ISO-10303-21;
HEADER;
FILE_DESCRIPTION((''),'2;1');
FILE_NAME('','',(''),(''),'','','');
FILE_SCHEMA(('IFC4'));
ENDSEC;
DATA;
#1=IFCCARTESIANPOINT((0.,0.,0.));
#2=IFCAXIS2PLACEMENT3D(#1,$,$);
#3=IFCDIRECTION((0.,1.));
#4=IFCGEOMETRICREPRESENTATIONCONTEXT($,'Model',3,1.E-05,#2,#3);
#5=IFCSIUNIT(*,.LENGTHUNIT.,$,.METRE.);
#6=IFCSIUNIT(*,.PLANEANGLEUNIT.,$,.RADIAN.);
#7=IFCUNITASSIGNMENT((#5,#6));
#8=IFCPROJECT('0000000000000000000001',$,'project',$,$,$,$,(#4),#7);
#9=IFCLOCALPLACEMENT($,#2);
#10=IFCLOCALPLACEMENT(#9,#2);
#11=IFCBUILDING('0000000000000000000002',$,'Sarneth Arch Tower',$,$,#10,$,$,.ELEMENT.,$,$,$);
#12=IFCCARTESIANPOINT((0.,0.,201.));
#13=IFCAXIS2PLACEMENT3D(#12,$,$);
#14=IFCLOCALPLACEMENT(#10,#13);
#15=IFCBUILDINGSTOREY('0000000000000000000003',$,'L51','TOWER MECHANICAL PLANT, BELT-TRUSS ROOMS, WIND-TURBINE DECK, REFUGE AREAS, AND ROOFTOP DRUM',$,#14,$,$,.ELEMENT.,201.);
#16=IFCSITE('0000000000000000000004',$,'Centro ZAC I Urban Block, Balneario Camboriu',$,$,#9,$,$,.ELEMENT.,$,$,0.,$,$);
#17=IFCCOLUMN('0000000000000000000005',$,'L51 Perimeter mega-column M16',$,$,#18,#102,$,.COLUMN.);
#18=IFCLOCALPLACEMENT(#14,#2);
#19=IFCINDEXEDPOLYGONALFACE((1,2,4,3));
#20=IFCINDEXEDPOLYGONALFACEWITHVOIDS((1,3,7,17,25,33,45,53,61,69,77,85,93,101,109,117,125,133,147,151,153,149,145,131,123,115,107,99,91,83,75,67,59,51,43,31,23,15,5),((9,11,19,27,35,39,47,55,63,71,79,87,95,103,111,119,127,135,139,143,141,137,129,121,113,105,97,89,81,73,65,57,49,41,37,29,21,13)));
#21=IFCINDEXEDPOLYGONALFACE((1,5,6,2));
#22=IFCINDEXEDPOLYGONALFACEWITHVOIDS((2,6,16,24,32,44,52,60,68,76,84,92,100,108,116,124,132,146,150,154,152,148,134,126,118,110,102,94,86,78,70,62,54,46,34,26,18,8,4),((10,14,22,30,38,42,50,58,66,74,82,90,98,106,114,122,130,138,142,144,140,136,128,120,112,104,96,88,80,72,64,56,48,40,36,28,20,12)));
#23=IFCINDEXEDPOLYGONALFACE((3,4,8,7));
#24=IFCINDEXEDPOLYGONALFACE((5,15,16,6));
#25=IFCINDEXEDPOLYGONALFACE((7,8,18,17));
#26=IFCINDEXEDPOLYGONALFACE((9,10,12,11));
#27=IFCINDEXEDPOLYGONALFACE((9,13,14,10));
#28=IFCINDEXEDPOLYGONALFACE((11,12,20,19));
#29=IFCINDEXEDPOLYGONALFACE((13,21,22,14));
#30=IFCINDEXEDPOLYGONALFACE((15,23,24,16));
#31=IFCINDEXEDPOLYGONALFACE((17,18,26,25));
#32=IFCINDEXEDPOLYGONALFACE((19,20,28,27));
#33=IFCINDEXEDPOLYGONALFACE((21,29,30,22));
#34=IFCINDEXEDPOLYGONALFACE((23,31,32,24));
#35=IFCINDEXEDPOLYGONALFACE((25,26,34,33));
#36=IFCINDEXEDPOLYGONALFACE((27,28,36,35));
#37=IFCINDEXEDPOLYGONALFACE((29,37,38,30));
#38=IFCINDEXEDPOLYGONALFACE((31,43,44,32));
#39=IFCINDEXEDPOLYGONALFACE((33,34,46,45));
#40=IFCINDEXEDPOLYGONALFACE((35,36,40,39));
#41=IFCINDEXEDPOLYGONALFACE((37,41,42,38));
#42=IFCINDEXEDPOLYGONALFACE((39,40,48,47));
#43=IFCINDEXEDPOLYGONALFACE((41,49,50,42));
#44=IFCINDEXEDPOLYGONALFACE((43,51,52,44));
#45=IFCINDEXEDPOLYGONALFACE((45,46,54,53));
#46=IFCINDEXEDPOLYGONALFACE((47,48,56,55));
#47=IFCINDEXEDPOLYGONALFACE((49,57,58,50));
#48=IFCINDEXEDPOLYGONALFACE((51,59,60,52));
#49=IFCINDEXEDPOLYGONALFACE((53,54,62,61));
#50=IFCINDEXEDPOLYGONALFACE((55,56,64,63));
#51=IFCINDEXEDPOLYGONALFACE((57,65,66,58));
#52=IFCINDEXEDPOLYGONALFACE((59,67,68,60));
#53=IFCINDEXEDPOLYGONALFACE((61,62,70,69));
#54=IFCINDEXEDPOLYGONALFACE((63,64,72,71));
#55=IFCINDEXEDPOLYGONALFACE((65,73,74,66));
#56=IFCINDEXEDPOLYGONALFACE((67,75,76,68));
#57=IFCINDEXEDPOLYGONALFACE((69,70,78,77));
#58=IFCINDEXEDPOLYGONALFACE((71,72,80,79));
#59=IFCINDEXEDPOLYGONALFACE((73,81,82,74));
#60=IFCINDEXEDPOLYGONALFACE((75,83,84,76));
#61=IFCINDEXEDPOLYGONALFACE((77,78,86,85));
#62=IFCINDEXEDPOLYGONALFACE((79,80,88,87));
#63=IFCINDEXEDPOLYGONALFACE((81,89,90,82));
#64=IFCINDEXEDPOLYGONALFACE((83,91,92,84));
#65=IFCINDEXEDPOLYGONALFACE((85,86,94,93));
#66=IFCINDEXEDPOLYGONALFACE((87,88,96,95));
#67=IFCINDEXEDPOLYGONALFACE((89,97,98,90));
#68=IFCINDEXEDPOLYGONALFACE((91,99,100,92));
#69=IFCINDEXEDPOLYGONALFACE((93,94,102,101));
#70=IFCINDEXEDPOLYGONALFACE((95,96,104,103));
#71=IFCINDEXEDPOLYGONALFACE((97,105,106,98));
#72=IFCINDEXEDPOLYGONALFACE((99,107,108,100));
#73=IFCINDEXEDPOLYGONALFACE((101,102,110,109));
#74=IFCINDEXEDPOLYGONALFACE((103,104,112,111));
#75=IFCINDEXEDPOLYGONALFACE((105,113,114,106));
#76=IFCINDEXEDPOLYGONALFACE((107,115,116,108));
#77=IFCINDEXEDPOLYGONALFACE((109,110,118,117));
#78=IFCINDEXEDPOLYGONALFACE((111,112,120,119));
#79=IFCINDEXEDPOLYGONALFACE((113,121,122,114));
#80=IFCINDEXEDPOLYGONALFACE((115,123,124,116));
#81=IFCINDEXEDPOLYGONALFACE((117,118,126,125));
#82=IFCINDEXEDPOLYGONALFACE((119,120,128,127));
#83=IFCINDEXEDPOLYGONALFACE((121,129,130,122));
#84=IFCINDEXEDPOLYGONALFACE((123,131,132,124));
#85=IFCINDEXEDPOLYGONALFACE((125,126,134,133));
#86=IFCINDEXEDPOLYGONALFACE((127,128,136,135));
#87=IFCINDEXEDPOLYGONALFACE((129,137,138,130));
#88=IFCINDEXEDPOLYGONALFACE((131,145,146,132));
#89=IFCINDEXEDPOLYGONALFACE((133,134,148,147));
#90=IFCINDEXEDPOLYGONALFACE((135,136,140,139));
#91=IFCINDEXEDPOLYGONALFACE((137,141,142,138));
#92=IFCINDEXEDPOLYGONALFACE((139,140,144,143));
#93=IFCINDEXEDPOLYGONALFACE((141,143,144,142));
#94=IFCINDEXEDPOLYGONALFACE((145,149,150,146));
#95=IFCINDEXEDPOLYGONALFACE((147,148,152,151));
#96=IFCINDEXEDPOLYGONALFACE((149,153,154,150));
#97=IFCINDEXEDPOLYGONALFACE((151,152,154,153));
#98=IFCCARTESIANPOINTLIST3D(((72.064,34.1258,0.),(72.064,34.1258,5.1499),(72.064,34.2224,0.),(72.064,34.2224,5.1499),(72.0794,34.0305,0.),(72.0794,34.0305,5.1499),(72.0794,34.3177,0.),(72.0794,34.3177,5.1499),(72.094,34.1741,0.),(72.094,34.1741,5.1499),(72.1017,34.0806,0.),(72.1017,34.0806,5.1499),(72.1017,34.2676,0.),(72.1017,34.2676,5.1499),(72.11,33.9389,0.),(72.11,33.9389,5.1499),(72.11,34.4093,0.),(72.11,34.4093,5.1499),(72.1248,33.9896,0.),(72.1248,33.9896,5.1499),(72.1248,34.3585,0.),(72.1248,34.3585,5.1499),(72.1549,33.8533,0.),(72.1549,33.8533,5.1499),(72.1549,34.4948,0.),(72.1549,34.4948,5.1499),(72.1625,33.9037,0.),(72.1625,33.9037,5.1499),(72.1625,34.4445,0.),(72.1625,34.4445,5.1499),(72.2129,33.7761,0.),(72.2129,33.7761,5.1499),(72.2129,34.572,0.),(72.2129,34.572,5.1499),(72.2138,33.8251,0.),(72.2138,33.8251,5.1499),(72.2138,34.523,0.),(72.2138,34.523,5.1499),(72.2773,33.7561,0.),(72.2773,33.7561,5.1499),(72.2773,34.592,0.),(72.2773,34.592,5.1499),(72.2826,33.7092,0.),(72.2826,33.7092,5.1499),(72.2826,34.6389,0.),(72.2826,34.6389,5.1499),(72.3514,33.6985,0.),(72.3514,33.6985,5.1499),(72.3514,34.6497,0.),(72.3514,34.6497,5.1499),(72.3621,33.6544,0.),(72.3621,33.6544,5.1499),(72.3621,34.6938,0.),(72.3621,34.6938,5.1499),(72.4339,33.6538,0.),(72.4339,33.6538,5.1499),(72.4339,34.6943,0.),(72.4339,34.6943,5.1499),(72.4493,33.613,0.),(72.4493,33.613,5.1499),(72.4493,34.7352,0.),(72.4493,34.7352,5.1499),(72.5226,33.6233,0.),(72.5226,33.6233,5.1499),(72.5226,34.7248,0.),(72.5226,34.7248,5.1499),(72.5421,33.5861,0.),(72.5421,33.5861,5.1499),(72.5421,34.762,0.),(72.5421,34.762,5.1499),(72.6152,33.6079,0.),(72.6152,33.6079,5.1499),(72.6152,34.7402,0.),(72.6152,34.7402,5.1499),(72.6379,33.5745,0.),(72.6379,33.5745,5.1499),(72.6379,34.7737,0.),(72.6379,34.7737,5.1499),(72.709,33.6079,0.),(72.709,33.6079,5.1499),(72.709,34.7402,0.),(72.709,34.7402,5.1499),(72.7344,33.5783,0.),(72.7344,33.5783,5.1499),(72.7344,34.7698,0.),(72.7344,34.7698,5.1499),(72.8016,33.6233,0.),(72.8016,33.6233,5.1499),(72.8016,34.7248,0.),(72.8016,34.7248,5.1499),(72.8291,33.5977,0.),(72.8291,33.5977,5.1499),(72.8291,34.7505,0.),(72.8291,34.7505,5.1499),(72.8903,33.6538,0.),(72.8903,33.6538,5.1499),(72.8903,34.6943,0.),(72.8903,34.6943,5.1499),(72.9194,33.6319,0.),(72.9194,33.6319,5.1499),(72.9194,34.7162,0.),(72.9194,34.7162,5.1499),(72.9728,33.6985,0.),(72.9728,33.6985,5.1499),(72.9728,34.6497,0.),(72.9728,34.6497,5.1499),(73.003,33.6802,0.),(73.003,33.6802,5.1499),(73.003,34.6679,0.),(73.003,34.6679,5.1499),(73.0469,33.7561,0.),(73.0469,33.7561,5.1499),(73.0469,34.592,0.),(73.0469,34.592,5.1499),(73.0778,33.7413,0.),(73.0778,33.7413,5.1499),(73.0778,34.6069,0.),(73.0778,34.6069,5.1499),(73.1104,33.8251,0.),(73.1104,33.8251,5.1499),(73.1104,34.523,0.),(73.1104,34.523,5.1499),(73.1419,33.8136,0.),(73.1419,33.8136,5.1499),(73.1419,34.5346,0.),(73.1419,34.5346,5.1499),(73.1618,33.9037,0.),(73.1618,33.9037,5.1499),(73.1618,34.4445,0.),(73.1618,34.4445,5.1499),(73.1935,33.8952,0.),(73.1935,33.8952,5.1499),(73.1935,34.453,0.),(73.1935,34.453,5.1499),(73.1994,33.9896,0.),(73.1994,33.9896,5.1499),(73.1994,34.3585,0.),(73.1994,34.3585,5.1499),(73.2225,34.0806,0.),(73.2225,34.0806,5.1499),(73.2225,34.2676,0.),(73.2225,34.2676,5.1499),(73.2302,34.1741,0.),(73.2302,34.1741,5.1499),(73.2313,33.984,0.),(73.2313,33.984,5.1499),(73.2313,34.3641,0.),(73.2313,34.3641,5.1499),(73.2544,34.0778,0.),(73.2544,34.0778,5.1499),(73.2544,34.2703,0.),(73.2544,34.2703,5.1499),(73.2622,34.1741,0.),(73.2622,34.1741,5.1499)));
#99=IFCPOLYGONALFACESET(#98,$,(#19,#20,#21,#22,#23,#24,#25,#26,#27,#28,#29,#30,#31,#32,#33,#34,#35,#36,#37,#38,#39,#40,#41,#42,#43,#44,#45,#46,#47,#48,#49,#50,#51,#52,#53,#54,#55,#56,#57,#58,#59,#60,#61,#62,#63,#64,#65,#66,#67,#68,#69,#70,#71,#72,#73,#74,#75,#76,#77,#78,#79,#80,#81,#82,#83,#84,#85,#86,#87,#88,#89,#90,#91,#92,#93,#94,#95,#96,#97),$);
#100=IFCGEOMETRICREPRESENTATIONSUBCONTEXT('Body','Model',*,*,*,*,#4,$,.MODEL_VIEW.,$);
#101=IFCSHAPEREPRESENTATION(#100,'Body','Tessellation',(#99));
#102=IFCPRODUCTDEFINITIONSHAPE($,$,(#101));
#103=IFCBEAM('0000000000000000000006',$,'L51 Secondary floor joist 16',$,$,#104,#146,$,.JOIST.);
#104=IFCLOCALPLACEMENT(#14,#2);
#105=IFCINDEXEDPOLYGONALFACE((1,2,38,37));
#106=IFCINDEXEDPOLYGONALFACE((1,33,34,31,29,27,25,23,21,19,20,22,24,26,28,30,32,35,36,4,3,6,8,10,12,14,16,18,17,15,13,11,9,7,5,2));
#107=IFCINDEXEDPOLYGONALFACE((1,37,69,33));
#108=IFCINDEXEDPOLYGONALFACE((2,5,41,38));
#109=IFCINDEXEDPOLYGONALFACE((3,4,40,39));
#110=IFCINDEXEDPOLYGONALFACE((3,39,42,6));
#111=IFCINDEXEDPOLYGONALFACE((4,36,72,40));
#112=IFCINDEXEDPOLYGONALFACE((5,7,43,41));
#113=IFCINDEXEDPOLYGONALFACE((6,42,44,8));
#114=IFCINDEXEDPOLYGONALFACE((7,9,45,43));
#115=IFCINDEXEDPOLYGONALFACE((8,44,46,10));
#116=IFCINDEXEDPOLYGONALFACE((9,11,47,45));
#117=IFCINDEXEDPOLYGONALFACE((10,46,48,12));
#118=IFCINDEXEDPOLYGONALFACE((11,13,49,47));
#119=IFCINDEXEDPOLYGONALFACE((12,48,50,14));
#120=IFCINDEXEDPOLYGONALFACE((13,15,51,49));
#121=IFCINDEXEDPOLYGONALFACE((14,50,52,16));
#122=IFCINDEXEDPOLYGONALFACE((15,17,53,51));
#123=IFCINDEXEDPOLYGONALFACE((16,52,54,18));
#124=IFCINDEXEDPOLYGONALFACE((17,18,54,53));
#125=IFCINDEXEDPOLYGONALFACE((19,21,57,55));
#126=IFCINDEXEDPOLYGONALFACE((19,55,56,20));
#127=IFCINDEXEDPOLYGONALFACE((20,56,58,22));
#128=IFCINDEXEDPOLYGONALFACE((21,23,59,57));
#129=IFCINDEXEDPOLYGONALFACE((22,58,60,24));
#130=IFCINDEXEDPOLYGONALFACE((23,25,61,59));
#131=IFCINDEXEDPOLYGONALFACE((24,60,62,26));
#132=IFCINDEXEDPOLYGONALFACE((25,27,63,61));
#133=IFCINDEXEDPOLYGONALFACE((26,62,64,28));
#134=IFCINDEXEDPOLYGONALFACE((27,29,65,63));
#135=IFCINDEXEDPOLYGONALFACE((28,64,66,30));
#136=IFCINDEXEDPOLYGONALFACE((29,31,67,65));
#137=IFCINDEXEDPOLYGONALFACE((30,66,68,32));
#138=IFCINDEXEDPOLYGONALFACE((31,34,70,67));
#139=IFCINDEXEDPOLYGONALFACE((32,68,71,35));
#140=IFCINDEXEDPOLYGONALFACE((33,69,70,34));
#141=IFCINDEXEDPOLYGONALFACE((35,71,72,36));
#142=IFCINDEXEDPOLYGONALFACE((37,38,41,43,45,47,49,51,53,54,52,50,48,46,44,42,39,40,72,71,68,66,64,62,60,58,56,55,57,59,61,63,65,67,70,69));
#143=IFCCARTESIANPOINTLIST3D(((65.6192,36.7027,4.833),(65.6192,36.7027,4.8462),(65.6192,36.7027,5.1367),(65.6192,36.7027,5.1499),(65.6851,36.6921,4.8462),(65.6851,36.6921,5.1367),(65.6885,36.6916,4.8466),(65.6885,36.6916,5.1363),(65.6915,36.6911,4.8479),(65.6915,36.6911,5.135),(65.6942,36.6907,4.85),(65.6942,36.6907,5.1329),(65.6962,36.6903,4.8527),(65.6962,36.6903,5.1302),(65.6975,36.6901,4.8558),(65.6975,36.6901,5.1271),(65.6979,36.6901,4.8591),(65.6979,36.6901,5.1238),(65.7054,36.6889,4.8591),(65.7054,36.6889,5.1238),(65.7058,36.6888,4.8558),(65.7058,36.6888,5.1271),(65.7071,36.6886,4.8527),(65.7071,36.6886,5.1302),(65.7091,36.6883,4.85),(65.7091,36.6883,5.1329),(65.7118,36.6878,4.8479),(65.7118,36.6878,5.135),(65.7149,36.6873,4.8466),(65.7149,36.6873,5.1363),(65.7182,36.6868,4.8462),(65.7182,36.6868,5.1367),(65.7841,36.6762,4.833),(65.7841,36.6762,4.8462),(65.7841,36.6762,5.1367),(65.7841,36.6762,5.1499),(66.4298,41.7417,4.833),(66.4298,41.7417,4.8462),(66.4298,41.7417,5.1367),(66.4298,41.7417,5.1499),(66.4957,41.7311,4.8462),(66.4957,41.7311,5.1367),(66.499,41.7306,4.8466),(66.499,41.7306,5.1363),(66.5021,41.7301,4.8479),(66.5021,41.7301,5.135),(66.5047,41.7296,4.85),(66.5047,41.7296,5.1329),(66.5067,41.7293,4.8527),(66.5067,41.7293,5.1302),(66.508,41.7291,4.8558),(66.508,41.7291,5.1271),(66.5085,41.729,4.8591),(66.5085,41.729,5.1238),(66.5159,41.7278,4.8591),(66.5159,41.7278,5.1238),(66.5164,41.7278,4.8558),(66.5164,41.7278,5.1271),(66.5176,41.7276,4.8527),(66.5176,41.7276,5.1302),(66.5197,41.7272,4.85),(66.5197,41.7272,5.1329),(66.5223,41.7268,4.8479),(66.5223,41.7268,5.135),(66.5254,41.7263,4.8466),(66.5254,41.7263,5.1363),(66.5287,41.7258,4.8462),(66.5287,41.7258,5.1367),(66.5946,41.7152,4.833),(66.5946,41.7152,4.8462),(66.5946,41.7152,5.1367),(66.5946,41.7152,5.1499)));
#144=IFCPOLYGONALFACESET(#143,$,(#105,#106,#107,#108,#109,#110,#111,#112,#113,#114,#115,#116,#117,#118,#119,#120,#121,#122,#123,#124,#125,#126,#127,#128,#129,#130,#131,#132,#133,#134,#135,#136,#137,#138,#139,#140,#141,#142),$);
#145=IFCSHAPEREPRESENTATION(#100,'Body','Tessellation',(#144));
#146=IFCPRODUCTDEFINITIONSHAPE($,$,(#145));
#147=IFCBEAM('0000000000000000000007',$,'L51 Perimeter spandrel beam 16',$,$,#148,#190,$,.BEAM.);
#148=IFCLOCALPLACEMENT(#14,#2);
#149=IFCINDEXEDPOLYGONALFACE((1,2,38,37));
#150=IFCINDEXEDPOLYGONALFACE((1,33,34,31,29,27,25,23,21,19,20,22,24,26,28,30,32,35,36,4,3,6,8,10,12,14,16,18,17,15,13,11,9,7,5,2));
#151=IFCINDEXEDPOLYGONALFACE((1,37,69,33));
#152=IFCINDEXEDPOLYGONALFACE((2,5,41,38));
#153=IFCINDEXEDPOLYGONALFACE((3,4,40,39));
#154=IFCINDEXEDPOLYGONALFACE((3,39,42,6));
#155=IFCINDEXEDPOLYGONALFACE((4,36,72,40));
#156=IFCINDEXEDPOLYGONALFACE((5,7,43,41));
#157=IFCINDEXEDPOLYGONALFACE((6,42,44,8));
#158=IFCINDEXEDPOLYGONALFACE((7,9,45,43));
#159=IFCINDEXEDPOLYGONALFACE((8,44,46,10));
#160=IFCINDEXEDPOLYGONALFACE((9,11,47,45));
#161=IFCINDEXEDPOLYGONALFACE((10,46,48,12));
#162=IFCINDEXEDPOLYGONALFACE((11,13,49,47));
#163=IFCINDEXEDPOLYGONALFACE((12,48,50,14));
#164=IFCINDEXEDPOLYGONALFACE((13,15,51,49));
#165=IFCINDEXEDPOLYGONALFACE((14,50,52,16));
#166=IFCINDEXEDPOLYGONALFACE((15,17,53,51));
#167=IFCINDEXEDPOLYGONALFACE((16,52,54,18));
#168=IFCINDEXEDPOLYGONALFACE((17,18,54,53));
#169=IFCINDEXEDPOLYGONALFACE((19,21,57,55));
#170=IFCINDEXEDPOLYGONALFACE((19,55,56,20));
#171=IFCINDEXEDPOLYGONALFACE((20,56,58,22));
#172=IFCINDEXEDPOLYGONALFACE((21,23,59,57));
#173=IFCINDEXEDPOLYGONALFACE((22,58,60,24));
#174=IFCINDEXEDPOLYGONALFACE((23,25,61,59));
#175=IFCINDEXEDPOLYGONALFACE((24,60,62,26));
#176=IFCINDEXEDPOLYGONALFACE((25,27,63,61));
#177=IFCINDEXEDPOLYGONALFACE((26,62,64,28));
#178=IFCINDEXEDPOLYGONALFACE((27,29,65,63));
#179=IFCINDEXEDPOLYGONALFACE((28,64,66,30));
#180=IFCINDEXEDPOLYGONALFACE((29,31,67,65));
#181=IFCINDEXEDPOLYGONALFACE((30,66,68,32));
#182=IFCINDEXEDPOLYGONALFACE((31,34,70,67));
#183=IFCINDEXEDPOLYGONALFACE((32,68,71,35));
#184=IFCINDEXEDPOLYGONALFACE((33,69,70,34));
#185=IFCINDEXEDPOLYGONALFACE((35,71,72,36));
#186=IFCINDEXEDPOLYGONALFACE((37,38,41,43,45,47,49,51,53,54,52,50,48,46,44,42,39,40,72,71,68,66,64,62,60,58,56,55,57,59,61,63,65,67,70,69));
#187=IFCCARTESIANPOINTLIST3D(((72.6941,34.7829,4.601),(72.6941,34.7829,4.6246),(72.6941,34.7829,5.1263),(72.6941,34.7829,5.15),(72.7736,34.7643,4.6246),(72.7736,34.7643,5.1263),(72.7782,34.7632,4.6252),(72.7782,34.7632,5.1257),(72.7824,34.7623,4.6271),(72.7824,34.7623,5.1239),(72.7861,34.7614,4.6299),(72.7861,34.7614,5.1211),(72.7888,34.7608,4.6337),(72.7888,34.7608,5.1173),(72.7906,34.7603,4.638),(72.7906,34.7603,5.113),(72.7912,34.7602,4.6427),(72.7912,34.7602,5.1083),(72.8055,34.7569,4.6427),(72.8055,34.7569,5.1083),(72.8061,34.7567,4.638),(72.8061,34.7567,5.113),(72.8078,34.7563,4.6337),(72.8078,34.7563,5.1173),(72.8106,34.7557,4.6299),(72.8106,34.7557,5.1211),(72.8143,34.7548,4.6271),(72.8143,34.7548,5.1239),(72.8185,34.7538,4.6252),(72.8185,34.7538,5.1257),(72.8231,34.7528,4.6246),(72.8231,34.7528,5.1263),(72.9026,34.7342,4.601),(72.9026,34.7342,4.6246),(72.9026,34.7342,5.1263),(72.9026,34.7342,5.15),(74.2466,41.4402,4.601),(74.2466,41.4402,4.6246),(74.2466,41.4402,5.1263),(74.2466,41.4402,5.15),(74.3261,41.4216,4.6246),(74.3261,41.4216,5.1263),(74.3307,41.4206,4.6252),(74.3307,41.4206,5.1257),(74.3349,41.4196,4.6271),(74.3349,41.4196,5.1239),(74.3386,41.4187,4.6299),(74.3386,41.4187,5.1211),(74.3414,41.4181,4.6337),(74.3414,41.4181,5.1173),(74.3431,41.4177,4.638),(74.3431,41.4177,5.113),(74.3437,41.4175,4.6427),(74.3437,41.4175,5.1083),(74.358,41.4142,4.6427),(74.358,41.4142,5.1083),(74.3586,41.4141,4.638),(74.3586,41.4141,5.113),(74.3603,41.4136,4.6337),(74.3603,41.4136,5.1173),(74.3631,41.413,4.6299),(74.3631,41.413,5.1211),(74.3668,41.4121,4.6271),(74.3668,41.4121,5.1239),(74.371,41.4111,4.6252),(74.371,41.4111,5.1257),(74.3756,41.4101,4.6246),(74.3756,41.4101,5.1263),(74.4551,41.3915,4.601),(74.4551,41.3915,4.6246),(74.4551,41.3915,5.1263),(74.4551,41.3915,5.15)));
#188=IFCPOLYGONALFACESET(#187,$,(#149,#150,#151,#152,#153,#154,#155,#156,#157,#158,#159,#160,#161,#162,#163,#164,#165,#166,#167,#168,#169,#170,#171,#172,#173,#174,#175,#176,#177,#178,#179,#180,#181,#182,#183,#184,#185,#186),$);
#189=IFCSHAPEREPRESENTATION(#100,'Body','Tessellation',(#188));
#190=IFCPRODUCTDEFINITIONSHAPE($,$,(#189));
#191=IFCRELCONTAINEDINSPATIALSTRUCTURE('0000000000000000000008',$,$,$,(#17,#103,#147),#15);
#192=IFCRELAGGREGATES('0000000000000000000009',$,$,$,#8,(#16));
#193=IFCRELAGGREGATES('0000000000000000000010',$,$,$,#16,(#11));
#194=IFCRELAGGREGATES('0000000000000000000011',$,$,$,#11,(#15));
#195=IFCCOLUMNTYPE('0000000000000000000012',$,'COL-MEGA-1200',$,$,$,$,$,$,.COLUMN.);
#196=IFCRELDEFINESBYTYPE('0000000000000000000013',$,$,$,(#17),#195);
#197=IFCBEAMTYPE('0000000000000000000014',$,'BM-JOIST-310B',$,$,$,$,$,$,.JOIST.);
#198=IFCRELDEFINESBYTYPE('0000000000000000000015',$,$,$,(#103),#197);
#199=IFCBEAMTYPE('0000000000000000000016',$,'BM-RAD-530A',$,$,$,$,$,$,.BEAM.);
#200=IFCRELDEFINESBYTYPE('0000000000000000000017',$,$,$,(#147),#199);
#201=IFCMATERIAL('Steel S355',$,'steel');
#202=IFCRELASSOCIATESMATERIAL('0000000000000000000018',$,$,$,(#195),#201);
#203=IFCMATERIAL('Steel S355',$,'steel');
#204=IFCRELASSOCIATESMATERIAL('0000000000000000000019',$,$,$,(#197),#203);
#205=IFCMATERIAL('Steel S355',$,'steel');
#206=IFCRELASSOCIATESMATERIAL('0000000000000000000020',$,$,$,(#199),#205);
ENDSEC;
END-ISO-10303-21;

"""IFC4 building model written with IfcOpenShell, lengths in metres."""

from ifc_helpers import new_model, si_unit, direction, frame, origin, origin_2d, place, context, subcontext, project, spatial, hollow_circle, i_section, extrude, material, material_profile, profile_set, type_object, element, save


model = new_model("IFC4")

# Units and contexts
model_context = context("Model", 3, precision=1e-05, world=origin(), true_north=direction((0.0, 1.0)))
body_context = subcontext(model_context, "Body", "Model", "MODEL_VIEW")
ifc_project = project(units=[si_unit("LENGTHUNIT", "METRE"), si_unit("PLANEANGLEUNIT", "RADIAN")], contexts=[model_context])

# Site, building, storey
site_placement = place(None, origin())
site = spatial("IfcSite", under=ifc_project, at=site_placement, Name="Centro ZAC I Urban Block, Balneario Camboriu", CompositionType="ELEMENT", RefElevation=0.0)
building_placement = place(site_placement, origin())
building = spatial("IfcBuilding", under=site, at=building_placement, Name="Sarneth Arch Tower", CompositionType="ELEMENT")
storey_placement = place(building_placement, frame((0.0, 0.0, 201.0)))
storey = spatial("IfcBuildingStorey", under=building, at=storey_placement, Name="L51", Description="TOWER MECHANICAL PLANT, BELT-TRUSS ROOMS, WIND-TURBINE DECK, REFUGE AREAS, AND ROOFTOP DRUM", CompositionType="ELEMENT", Elevation=201.0)

# Column
ifc_material_1 = material(Name="Steel S355", Category="steel")
ifc_material_profile_1 = material_profile(ifc_material_1, hollow_circle(Radius=0.6001, WallThickness=0.032, at=origin_2d()), Name="CHS1200x32")
ifc_profile_set_1 = profile_set([ifc_material_profile_1], Name="Steel S355")
column_type = type_object("IfcColumnType", Name="COL-MEGA-1200", PredefinedType="COLUMN", material=ifc_profile_set_1)
column_placement = place(storey_placement, frame((72.6621, 34.1741, 0.0), z_axis=(0.0, 0.0, 1.0), x_axis=(1.0, 0.0, 0.0)))
element("IfcColumn", 1, at=column_placement, inside=storey, type_object=column_type, Name="L51 Perimeter mega-column M16", PredefinedType="COLUMN", context=body_context, shape_type="SweptSolid", body=[
    extrude(hollow_circle(Radius=0.6001, WallThickness=0.032, at=origin_2d()), origin(), (0.0, 0.0, 1.0), 5.1499),
])

# Beams
ifc_material_2 = material(Name="Steel S355", Category="steel")
ifc_material_profile_2 = material_profile(ifc_material_2, i_section(OverallWidth=0.167, OverallDepth=0.3169, WebThickness=0.0076, FlangeThickness=0.0132, FilletRadius=0.0129, at=origin_2d()), Name="W310x52")
ifc_profile_set_2 = profile_set([ifc_material_profile_2], Name="Steel S355")
beam_type_1 = type_object("IfcBeamType", Name="BM-JOIST-310B", PredefinedType="JOIST", material=ifc_profile_set_2)
beam_1_placement = place(storey_placement, frame((65.7017, 36.6895, 4.9915), z_axis=(0.158811, 0.987309, 0.0), x_axis=(-0.987309, 0.158811, 0.0)))
element("IfcBeam", 2, at=beam_1_placement, inside=storey, type_object=beam_type_1, Name="L51 Secondary floor joist 16", PredefinedType="JOIST", context=body_context, shape_type="SweptSolid", body=[
    extrude(i_section(OverallWidth=0.167, OverallDepth=0.3169, WebThickness=0.0076, FlangeThickness=0.0132, FilletRadius=0.0129, at=origin_2d()), origin(), (0.0, 0.0, 1.0), 5.1038),
])
ifc_material_3 = material(Name="Steel S355", Category="steel")
ifc_material_profile_3 = material_profile(ifc_material_3, i_section(OverallWidth=0.2141, OverallDepth=0.5491, WebThickness=0.0146, FlangeThickness=0.0237, FilletRadius=0.0181, at=origin_2d()), Name="W530x138")
ifc_profile_set_3 = profile_set([ifc_material_profile_3], Name="Steel S355")
beam_type_2 = type_object("IfcBeamType", Name="BM-RAD-530A", PredefinedType="BEAM", material=ifc_profile_set_3)
beam_2_placement = place(storey_placement, frame((72.7983, 34.7585, 4.8755), z_axis=(0.22711, 0.973869, 0.0), x_axis=(-0.973869, 0.22711, 0.0)))
element("IfcBeam", 3, at=beam_2_placement, inside=storey, type_object=beam_type_2, Name="L51 Perimeter spandrel beam 16", PredefinedType="BEAM", context=body_context, shape_type="SweptSolid", body=[
    extrude(i_section(OverallWidth=0.2141, OverallDepth=0.5491, WebThickness=0.0146, FlangeThickness=0.0237, FilletRadius=0.0181, at=origin_2d()), origin(), (0.0, 0.0, 1.0), 6.8359),
])

save(model, "model.ifc")
